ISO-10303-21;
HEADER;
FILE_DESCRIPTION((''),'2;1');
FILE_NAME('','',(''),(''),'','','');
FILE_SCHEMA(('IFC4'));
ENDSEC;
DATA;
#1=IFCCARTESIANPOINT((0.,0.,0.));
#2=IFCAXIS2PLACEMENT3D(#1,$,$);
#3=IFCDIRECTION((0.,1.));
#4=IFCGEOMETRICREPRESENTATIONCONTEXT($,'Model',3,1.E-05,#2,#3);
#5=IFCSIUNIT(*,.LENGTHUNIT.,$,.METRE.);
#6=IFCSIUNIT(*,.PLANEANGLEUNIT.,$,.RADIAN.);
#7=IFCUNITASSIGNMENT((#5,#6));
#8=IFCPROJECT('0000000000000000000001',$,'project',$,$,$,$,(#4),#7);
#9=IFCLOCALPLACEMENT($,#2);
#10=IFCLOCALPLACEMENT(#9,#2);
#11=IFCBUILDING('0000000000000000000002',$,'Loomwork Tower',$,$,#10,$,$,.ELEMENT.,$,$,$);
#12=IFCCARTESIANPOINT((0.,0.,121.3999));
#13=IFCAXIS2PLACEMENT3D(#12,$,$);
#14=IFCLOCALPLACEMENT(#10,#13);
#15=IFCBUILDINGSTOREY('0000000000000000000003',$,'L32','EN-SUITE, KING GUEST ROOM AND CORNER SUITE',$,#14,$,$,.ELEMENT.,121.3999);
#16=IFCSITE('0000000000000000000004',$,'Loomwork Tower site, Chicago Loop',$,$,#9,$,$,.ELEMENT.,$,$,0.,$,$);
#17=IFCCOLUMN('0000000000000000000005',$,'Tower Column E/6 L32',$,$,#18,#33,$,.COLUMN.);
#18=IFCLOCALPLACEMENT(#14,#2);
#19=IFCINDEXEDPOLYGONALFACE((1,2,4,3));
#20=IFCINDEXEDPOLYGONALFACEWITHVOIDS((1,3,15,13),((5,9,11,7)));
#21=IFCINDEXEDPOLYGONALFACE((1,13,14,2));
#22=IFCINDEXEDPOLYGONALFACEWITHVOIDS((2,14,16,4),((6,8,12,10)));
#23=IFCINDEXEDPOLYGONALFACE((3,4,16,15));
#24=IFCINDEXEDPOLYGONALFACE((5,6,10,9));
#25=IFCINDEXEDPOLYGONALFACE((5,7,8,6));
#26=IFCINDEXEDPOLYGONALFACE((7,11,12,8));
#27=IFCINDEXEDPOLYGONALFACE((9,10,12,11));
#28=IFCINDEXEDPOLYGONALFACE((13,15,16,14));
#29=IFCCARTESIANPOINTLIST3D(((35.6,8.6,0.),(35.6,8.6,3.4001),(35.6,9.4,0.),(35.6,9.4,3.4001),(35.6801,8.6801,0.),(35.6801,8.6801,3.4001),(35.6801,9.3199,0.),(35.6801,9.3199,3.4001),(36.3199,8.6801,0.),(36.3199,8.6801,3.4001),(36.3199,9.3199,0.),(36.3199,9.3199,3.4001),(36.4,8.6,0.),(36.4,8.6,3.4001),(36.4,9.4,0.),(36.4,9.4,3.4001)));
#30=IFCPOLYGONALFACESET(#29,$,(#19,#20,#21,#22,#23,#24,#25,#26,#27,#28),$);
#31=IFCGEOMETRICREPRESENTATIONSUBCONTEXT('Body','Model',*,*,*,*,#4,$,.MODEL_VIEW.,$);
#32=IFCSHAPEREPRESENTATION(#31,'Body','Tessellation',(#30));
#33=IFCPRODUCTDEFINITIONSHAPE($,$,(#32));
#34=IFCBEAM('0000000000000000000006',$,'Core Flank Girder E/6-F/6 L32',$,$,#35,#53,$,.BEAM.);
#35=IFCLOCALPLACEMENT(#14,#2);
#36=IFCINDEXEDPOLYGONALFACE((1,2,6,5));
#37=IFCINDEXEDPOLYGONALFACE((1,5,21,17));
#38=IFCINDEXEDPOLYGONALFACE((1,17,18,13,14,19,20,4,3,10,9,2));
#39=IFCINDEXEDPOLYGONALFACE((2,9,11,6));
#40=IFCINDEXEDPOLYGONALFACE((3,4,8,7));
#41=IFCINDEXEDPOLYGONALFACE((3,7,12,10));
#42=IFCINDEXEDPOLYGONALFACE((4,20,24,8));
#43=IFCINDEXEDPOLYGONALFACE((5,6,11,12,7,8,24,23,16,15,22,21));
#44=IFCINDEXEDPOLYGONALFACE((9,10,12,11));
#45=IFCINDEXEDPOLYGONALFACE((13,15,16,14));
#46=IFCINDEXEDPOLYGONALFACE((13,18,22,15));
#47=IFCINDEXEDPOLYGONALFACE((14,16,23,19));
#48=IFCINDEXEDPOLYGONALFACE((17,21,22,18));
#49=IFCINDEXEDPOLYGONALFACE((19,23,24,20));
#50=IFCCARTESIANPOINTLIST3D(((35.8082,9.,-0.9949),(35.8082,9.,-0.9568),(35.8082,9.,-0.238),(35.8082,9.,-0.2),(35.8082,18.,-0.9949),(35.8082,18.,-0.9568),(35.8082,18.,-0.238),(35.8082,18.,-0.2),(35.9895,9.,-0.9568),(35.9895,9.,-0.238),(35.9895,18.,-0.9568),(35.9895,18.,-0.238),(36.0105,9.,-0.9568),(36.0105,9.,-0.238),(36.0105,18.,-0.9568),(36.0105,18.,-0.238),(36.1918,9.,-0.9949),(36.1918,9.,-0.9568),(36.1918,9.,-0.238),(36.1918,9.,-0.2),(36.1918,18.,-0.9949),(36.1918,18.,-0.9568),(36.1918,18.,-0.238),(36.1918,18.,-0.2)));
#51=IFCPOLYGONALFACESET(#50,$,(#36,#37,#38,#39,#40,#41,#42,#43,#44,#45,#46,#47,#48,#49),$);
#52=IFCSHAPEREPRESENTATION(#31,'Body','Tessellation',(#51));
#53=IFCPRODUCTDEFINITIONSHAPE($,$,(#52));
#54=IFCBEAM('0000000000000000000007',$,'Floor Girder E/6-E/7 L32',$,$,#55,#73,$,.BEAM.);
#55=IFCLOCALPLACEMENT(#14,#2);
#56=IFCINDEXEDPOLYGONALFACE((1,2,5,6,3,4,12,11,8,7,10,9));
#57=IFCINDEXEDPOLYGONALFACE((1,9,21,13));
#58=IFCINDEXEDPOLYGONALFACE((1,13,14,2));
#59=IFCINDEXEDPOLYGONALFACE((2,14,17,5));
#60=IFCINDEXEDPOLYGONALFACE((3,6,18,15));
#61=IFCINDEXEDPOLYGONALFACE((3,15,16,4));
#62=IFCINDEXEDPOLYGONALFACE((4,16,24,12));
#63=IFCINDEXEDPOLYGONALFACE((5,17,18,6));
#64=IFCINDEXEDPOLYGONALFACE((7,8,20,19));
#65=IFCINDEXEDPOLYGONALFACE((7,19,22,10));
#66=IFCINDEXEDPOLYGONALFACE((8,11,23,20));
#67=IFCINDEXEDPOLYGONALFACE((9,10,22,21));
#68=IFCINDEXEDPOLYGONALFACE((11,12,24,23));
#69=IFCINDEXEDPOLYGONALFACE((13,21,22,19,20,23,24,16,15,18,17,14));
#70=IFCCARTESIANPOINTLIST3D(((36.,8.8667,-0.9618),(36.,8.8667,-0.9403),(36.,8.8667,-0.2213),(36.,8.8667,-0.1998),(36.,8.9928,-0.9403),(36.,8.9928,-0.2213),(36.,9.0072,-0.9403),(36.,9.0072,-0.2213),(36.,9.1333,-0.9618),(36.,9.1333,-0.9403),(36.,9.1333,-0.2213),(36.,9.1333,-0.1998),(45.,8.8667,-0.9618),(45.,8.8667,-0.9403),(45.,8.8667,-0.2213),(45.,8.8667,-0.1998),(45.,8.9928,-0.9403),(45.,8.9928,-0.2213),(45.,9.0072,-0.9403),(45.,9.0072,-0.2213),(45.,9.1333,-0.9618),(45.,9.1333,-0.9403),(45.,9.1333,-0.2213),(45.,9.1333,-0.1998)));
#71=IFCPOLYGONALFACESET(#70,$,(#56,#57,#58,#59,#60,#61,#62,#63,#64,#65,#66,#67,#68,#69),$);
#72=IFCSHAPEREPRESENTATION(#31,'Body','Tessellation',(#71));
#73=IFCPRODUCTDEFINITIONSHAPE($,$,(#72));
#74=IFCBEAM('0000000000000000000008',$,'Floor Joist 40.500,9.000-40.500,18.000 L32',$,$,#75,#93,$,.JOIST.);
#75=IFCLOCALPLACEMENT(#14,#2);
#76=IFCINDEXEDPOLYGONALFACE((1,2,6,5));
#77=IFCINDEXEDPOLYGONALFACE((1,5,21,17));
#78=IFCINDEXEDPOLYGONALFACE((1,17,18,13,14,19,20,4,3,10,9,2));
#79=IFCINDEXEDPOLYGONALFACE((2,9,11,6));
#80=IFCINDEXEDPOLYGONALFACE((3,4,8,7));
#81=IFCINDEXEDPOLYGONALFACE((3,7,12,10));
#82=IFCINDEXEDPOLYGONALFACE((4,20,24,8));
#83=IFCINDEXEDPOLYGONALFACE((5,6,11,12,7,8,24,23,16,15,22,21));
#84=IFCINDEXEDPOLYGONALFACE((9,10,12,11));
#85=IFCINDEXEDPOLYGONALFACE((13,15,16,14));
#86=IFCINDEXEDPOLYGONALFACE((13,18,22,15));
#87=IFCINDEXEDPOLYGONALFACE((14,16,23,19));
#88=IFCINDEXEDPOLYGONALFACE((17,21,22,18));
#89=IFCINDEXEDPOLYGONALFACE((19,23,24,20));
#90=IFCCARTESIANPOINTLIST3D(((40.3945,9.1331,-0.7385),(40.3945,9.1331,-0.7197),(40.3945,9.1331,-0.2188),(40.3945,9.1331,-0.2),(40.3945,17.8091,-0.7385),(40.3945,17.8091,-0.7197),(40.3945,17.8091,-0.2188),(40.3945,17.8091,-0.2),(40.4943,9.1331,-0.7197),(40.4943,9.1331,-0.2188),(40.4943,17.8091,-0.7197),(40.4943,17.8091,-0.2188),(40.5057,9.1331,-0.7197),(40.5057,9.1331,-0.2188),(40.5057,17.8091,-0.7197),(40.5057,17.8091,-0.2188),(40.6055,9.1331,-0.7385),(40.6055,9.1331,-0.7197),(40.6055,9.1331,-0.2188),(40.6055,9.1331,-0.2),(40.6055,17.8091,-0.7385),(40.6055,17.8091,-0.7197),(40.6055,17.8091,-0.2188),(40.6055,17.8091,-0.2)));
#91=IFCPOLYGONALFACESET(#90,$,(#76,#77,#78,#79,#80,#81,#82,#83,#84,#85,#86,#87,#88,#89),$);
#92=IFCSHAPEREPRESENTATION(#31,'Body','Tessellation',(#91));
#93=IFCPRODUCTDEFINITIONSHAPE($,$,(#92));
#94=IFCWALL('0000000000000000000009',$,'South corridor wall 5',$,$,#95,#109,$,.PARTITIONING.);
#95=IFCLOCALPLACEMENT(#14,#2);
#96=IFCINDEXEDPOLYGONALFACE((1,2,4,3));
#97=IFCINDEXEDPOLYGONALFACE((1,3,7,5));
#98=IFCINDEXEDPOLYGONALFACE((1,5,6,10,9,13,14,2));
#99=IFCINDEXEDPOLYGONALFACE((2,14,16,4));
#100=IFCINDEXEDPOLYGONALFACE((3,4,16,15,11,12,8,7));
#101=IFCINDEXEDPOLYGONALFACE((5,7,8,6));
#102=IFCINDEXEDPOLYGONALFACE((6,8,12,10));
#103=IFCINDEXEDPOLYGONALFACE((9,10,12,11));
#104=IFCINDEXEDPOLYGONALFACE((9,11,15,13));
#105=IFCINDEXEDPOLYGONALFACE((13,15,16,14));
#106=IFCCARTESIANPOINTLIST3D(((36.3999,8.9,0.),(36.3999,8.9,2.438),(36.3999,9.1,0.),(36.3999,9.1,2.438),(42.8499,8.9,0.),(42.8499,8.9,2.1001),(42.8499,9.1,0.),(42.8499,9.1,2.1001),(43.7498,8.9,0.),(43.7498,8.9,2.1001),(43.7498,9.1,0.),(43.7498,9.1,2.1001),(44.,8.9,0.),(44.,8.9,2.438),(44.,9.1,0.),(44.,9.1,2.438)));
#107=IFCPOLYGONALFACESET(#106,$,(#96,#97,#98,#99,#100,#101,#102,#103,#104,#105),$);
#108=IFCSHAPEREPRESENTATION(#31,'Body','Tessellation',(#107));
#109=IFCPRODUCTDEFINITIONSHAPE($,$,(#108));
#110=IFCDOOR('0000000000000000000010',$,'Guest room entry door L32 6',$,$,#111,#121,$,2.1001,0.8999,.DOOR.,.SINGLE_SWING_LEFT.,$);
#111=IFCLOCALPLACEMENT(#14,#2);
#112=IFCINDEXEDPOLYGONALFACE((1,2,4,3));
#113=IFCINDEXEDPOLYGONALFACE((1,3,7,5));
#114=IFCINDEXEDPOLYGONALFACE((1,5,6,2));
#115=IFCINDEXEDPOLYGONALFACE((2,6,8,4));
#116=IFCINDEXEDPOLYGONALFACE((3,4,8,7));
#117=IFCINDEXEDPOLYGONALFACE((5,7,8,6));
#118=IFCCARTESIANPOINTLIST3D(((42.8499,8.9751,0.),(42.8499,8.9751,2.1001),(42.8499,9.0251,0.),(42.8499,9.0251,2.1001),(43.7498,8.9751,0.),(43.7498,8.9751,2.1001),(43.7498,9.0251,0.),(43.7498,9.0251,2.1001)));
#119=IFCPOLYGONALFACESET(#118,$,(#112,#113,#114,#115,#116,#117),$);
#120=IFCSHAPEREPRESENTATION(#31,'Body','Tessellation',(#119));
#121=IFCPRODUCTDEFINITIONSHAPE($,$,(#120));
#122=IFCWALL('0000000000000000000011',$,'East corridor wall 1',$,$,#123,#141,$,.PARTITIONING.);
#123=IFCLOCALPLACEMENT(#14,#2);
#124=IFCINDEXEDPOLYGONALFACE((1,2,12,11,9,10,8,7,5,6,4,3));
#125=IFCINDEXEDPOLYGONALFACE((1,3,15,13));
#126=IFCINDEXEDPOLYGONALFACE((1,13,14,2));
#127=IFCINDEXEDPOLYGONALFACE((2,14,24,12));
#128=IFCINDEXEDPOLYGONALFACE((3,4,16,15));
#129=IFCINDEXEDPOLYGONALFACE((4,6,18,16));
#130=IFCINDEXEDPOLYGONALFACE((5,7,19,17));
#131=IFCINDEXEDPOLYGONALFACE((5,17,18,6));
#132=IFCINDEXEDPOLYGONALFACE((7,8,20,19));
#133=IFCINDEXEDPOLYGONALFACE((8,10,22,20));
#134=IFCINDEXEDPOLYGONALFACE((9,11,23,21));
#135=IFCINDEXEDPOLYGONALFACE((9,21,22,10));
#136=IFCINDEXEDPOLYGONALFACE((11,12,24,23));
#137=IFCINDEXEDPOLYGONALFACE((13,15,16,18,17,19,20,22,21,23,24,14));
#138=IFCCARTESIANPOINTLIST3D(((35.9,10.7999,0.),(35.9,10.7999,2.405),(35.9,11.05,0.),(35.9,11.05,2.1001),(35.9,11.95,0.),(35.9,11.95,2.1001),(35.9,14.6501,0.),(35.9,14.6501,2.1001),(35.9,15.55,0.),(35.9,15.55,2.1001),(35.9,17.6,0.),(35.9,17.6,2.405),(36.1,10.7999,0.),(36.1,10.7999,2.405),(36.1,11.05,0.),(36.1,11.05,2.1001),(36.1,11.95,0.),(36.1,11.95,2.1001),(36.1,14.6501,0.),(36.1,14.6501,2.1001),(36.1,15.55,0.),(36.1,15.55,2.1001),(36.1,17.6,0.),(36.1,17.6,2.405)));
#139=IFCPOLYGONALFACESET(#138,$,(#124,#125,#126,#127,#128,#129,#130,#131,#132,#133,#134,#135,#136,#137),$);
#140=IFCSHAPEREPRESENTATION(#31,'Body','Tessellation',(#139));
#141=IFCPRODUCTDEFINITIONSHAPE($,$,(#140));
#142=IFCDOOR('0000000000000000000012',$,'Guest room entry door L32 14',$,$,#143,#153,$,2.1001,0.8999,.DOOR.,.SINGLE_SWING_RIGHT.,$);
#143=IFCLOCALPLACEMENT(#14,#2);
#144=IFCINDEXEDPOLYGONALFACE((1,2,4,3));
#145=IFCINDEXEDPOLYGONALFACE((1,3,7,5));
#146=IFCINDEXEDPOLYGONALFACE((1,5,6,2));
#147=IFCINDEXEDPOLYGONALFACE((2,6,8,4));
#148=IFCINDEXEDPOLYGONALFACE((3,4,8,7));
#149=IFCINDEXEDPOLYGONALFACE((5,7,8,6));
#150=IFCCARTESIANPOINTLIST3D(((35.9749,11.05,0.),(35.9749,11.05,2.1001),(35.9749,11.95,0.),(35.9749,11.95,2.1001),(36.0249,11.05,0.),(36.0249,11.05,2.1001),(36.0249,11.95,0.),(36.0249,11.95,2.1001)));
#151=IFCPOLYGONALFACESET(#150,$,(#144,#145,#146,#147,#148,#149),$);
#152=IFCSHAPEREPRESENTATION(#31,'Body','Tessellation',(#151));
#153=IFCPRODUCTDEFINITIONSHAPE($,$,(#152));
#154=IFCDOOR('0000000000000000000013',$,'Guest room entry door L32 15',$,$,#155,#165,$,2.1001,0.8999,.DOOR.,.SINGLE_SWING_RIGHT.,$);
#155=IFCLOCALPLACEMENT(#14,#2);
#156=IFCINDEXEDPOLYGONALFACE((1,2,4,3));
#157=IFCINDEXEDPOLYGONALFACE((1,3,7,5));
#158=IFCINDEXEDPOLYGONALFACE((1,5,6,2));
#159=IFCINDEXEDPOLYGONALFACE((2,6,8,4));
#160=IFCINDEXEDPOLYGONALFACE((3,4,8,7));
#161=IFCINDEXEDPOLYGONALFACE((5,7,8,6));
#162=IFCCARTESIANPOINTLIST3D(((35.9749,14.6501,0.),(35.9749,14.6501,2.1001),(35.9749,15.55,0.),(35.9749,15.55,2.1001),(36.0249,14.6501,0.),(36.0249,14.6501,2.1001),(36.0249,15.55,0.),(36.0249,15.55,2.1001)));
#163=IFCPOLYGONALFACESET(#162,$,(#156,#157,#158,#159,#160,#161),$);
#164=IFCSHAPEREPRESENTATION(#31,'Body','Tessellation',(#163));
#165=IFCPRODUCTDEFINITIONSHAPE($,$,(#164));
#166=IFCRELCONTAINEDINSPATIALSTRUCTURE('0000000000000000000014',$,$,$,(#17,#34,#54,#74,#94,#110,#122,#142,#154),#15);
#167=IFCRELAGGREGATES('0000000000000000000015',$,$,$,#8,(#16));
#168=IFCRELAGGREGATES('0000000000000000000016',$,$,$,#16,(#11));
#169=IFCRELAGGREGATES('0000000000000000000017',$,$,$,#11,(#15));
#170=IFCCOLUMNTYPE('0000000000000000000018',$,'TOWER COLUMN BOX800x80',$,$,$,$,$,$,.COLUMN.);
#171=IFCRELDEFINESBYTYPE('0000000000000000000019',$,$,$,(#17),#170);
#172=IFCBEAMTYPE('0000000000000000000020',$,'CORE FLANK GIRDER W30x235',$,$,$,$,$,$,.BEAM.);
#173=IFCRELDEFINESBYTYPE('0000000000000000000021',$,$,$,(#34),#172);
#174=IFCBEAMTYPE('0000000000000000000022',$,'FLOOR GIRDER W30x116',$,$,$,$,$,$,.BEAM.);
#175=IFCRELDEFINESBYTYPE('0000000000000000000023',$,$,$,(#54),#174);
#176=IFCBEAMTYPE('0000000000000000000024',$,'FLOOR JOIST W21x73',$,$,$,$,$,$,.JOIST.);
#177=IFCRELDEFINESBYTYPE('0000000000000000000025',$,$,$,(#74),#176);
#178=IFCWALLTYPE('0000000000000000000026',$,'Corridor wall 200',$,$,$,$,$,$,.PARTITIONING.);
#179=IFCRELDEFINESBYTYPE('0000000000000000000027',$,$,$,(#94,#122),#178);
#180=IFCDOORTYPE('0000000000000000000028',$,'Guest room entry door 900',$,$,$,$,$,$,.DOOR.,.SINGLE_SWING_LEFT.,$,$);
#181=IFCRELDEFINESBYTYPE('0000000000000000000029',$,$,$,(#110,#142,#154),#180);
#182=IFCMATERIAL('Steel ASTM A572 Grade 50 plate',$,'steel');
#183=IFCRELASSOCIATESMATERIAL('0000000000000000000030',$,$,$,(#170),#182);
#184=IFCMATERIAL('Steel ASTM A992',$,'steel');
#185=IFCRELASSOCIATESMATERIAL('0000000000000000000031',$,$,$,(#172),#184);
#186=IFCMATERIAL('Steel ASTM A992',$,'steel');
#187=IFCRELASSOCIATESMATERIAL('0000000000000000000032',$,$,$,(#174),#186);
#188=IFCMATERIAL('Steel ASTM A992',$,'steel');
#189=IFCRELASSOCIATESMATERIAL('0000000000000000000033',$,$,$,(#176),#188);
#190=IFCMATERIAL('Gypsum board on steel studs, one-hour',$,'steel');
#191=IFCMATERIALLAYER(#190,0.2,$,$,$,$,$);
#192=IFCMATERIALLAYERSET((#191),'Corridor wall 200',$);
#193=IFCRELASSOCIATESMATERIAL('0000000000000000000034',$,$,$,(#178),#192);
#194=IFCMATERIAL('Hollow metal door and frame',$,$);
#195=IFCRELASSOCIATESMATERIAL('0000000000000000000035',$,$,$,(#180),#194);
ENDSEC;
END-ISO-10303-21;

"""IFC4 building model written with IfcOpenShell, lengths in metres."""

from ifc_helpers import new_model, si_unit, direction, frame, frame_2d, origin, origin_2d, place, context, subcontext, project, spatial, rectangle, hollow_rectangle, i_section, extrude, material, layer, layer_set, material_profile, profile_set, type_object, element, fill, save


model = new_model("IFC4")

# Units and contexts
model_context = context("Model", 3, precision=1e-05, world=origin(), true_north=direction((0.0, 1.0)))
body_context = subcontext(model_context, "Body", "Model", "MODEL_VIEW")
ifc_project = project(units=[si_unit("LENGTHUNIT", "METRE"), si_unit("PLANEANGLEUNIT", "RADIAN")], contexts=[model_context])

# Site, building, storey
site_placement = place(None, origin())
site = spatial("IfcSite", under=ifc_project, at=site_placement, Name="Loomwork Tower site, Chicago Loop", CompositionType="ELEMENT", RefElevation=0.0)
building_placement = place(site_placement, origin())
building = spatial("IfcBuilding", under=site, at=building_placement, Name="Loomwork Tower", CompositionType="ELEMENT")
storey_placement = place(building_placement, frame((0.0, 0.0, 121.3999)))
storey = spatial("IfcBuildingStorey", under=building, at=storey_placement, Name="L32", Description="EN-SUITE, KING GUEST ROOM AND CORNER SUITE", CompositionType="ELEMENT", Elevation=121.3999)

# Column
ifc_material_1 = material(Name="Steel ASTM A572 Grade 50 plate", Category="steel")
ifc_material_profile_1 = material_profile(ifc_material_1, hollow_rectangle(XDim=0.8, YDim=0.8, WallThickness=0.0801, at=origin_2d()), Name="BOX800x80")
ifc_profile_set_1 = profile_set([ifc_material_profile_1], Name="Steel ASTM A572 Grade 50 plate")
column_type = type_object("IfcColumnType", Name="TOWER COLUMN BOX800x80", PredefinedType="COLUMN", material=ifc_profile_set_1)
column_placement = place(storey_placement, frame((36.0, 9.0, 0.0), z_axis=(0.0, 0.0, 1.0), x_axis=(0.0, 1.0, 0.0)))
element("IfcColumn", 1, at=column_placement, inside=storey, type_object=column_type, Name="Tower Column E/6 L32", PredefinedType="COLUMN", context=body_context, shape_type="SweptSolid", body=[
    extrude(hollow_rectangle(XDim=0.8, YDim=0.8, WallThickness=0.0801, at=origin_2d()), origin(), (0.0, 0.0, 1.0), 3.4001),
])

# Beams
ifc_material_2 = material(Name="Steel ASTM A992", Category="steel")
ifc_material_profile_2 = material_profile(ifc_material_2, i_section(OverallWidth=0.3835, OverallDepth=0.7949, WebThickness=0.021, FlangeThickness=0.0381, at=origin_2d()), Name="W30x235")
ifc_profile_set_2 = profile_set([ifc_material_profile_2], Name="Steel ASTM A992")
beam_type_1 = type_object("IfcBeamType", Name="CORE FLANK GIRDER W30x235", PredefinedType="BEAM", material=ifc_profile_set_2)
beam_1_placement = place(storey_placement, frame((36.0, 9.0, -0.5974), z_axis=(0.0, 1.0, 0.0), x_axis=(-1.0, 0.0, 0.0)))
element("IfcBeam", 2, at=beam_1_placement, inside=storey, type_object=beam_type_1, Name="Core Flank Girder E/6-F/6 L32", PredefinedType="BEAM", context=body_context, shape_type="SweptSolid", body=[
    extrude(i_section(OverallWidth=0.3835, OverallDepth=0.7949, WebThickness=0.021, FlangeThickness=0.0381, at=origin_2d()), origin(), (0.0, 0.0, 1.0), 9.0),
])
ifc_material_3 = material(Name="Steel ASTM A992", Category="steel")
ifc_material_profile_3 = material_profile(ifc_material_3, i_section(OverallWidth=0.2666, OverallDepth=0.762, WebThickness=0.0144, FlangeThickness=0.0215, at=origin_2d()), Name="W30x116")
ifc_profile_set_3 = profile_set([ifc_material_profile_3], Name="Steel ASTM A992")
beam_type_2 = type_object("IfcBeamType", Name="FLOOR GIRDER W30x116", PredefinedType="BEAM", material=ifc_profile_set_3)
beam_2_placement = place(storey_placement, frame((36.0, 9.0, -0.5808), z_axis=(1.0, 0.0, 0.0), x_axis=(0.0, 1.0, 0.0)))
element("IfcBeam", 3, at=beam_2_placement, inside=storey, type_object=beam_type_2, Name="Floor Girder E/6-E/7 L32", PredefinedType="BEAM", context=body_context, shape_type="SweptSolid", body=[
    extrude(i_section(OverallWidth=0.2666, OverallDepth=0.762, WebThickness=0.0144, FlangeThickness=0.0215, at=origin_2d()), origin(), (0.0, 0.0, 1.0), 9.0),
])
ifc_material_4 = material(Name="Steel ASTM A992", Category="steel")
ifc_material_profile_4 = material_profile(ifc_material_4, i_section(OverallWidth=0.2109, OverallDepth=0.5386, WebThickness=0.0115, FlangeThickness=0.0188, at=origin_2d()), Name="W21x73")
ifc_profile_set_4 = profile_set([ifc_material_profile_4], Name="Steel ASTM A992")
beam_type_3 = type_object("IfcBeamType", Name="FLOOR JOIST W21x73", PredefinedType="JOIST", material=ifc_profile_set_4)
beam_3_placement = place(storey_placement, frame((40.5, 9.1331, -0.4692), z_axis=(0.0, 1.0, 0.0), x_axis=(-1.0, 0.0, 0.0)))
element("IfcBeam", 4, at=beam_3_placement, inside=storey, type_object=beam_type_3, Name="Floor Joist 40.500,9.000-40.500,18.000 L32", PredefinedType="JOIST", context=body_context, shape_type="SweptSolid", body=[
    extrude(i_section(OverallWidth=0.2109, OverallDepth=0.5386, WebThickness=0.0115, FlangeThickness=0.0188, at=origin_2d()), origin(), (0.0, 0.0, 1.0), 8.676),
])

# Wall, opening, door
ifc_material_5 = material(Name="Gypsum board on steel studs, one-hour", Category="steel")
ifc_layer_1 = layer(ifc_material_5, 0.2)
ifc_layer_set_1 = layer_set([ifc_layer_1], Name="Corridor wall 200")
wall_type_1 = type_object("IfcWallType", Name="Corridor wall 200", PredefinedType="PARTITIONING", material=ifc_layer_set_1)
wall_1_placement = place(storey_placement, frame((36.3999, 9.0, 0.0), z_axis=(0.0, 0.0, 1.0), x_axis=(1.0, 0.0, 0.0)))
wall_1 = element("IfcWall", 5, at=wall_1_placement, inside=storey, type_object=wall_type_1, Name="South corridor wall 5", PredefinedType="PARTITIONING", context=body_context, shape_type="SweptSolid", body=[
    extrude(rectangle(XDim=7.6001, YDim=0.2, at=frame_2d((3.8, 0.0))), origin(), (0.0, 0.0, 1.0), 2.438),
])
opening_1_placement = place(wall_1_placement, frame((6.45, 0.0, 0.0)))
opening_1 = element("IfcOpeningElement", 6, at=opening_1_placement, cuts=wall_1, PredefinedType="OPENING", context=body_context, shape_type="SweptSolid", body=[
    extrude(rectangle(XDim=0.8999, YDim=2.1001, at=frame_2d((0.45, 1.05))), frame((0.0, 0.1099, 0.0), z_axis=(0.0, -1.0, 0.0), x_axis=(1.0, 0.0, 0.0)), (0.0, 0.0, 1.0), 0.22),
])
ifc_material_6 = material(Name="Hollow metal door and frame")
door_type_1 = type_object("IfcDoorType", Name="Guest room entry door 900", OperationType="SINGLE_SWING_LEFT", PredefinedType="DOOR", material=ifc_material_6)
door_1_placement = place(opening_1_placement, frame((0.8999, 0.0, 0.0), z_axis=(0.0, 0.0, 1.0), x_axis=(-1.0, 0.0, 0.0)))
door_1 = element("IfcDoor", 7, at=door_1_placement, inside=storey, type_object=door_type_1, Name="Guest room entry door L32 6", OperationType="SINGLE_SWING_LEFT", OverallHeight=2.1001, OverallWidth=0.8999, PredefinedType="DOOR", context=body_context, shape_type="SweptSolid", body=[
    extrude(rectangle(XDim=0.8999, YDim=2.1001, at=frame_2d((0.45, 1.05))), frame((0.0, 0.0249, 0.0), z_axis=(0.0, -1.0, 0.0), x_axis=(1.0, 0.0, 0.0)), (0.0, 0.0, 1.0), 0.05),
])
fill(opening_1, door_1)

# Wall, openings, doors
wall_2_placement = place(storey_placement, frame((36.0, 10.8, 0.0), z_axis=(0.0, 0.0, 1.0), x_axis=(0.0, 1.0, 0.0)))
wall_2 = element("IfcWall", 8, at=wall_2_placement, inside=storey, type_object=wall_type_1, Name="East corridor wall 1", PredefinedType="PARTITIONING", context=body_context, shape_type="SweptSolid", body=[
    extrude(rectangle(XDim=6.8, YDim=0.2, at=frame_2d((3.3999, 0.0))), origin(), (0.0, 0.0, 1.0), 2.405),
])
opening_2_placement = place(wall_2_placement, frame((0.25, 0.0, 0.0)))
opening_2 = element("IfcOpeningElement", 9, at=opening_2_placement, cuts=wall_2, PredefinedType="OPENING", context=body_context, shape_type="SweptSolid", body=[
    extrude(rectangle(XDim=0.8999, YDim=2.1001, at=frame_2d((0.45, 1.05))), frame((0.0, 0.1099, 0.0), z_axis=(0.0, -1.0, 0.0), x_axis=(1.0, 0.0, 0.0)), (0.0, 0.0, 1.0), 0.22),
])
opening_3_placement = place(wall_2_placement, frame((3.8501, 0.0, 0.0)))
opening_3 = element("IfcOpeningElement", 10, at=opening_3_placement, cuts=wall_2, PredefinedType="OPENING", context=body_context, shape_type="SweptSolid", body=[
    extrude(rectangle(XDim=0.8999, YDim=2.1001, at=frame_2d((0.45, 1.05))), frame((0.0, 0.1099, 0.0), z_axis=(0.0, -1.0, 0.0), x_axis=(1.0, 0.0, 0.0)), (0.0, 0.0, 1.0), 0.22),
])
door_2_placement = place(opening_2_placement, frame((0.8999, 0.0, 0.0), z_axis=(0.0, 0.0, 1.0), x_axis=(-1.0, 0.0, 0.0)))
door_2 = element("IfcDoor", 11, at=door_2_placement, inside=storey, type_object=door_type_1, Name="Guest room entry door L32 14", OperationType="SINGLE_SWING_RIGHT", OverallHeight=2.1001, OverallWidth=0.8999, PredefinedType="DOOR", context=body_context, shape_type="SweptSolid", body=[
    extrude(rectangle(XDim=0.8999, YDim=2.1001, at=frame_2d((0.45, 1.05))), frame((0.0, 0.0249, 0.0), z_axis=(0.0, -1.0, 0.0), x_axis=(1.0, 0.0, 0.0)), (0.0, 0.0, 1.0), 0.05),
])
fill(opening_2, door_2)
door_3_placement = place(opening_3_placement, frame((0.8999, 0.0, 0.0), z_axis=(0.0, 0.0, 1.0), x_axis=(-1.0, 0.0, 0.0)))
door_3 = element("IfcDoor", 12, at=door_3_placement, inside=storey, type_object=door_type_1, Name="Guest room entry door L32 15", OperationType="SINGLE_SWING_RIGHT", OverallHeight=2.1001, OverallWidth=0.8999, PredefinedType="DOOR", context=body_context, shape_type="SweptSolid", body=[
    extrude(rectangle(XDim=0.8999, YDim=2.1001, at=frame_2d((0.45, 1.05))), frame((0.0, 0.0249, 0.0), z_axis=(0.0, -1.0, 0.0), x_axis=(1.0, 0.0, 0.0)), (0.0, 0.0, 1.0), 0.05),
])
fill(opening_3, door_3)

save(model, "model.ifc")
